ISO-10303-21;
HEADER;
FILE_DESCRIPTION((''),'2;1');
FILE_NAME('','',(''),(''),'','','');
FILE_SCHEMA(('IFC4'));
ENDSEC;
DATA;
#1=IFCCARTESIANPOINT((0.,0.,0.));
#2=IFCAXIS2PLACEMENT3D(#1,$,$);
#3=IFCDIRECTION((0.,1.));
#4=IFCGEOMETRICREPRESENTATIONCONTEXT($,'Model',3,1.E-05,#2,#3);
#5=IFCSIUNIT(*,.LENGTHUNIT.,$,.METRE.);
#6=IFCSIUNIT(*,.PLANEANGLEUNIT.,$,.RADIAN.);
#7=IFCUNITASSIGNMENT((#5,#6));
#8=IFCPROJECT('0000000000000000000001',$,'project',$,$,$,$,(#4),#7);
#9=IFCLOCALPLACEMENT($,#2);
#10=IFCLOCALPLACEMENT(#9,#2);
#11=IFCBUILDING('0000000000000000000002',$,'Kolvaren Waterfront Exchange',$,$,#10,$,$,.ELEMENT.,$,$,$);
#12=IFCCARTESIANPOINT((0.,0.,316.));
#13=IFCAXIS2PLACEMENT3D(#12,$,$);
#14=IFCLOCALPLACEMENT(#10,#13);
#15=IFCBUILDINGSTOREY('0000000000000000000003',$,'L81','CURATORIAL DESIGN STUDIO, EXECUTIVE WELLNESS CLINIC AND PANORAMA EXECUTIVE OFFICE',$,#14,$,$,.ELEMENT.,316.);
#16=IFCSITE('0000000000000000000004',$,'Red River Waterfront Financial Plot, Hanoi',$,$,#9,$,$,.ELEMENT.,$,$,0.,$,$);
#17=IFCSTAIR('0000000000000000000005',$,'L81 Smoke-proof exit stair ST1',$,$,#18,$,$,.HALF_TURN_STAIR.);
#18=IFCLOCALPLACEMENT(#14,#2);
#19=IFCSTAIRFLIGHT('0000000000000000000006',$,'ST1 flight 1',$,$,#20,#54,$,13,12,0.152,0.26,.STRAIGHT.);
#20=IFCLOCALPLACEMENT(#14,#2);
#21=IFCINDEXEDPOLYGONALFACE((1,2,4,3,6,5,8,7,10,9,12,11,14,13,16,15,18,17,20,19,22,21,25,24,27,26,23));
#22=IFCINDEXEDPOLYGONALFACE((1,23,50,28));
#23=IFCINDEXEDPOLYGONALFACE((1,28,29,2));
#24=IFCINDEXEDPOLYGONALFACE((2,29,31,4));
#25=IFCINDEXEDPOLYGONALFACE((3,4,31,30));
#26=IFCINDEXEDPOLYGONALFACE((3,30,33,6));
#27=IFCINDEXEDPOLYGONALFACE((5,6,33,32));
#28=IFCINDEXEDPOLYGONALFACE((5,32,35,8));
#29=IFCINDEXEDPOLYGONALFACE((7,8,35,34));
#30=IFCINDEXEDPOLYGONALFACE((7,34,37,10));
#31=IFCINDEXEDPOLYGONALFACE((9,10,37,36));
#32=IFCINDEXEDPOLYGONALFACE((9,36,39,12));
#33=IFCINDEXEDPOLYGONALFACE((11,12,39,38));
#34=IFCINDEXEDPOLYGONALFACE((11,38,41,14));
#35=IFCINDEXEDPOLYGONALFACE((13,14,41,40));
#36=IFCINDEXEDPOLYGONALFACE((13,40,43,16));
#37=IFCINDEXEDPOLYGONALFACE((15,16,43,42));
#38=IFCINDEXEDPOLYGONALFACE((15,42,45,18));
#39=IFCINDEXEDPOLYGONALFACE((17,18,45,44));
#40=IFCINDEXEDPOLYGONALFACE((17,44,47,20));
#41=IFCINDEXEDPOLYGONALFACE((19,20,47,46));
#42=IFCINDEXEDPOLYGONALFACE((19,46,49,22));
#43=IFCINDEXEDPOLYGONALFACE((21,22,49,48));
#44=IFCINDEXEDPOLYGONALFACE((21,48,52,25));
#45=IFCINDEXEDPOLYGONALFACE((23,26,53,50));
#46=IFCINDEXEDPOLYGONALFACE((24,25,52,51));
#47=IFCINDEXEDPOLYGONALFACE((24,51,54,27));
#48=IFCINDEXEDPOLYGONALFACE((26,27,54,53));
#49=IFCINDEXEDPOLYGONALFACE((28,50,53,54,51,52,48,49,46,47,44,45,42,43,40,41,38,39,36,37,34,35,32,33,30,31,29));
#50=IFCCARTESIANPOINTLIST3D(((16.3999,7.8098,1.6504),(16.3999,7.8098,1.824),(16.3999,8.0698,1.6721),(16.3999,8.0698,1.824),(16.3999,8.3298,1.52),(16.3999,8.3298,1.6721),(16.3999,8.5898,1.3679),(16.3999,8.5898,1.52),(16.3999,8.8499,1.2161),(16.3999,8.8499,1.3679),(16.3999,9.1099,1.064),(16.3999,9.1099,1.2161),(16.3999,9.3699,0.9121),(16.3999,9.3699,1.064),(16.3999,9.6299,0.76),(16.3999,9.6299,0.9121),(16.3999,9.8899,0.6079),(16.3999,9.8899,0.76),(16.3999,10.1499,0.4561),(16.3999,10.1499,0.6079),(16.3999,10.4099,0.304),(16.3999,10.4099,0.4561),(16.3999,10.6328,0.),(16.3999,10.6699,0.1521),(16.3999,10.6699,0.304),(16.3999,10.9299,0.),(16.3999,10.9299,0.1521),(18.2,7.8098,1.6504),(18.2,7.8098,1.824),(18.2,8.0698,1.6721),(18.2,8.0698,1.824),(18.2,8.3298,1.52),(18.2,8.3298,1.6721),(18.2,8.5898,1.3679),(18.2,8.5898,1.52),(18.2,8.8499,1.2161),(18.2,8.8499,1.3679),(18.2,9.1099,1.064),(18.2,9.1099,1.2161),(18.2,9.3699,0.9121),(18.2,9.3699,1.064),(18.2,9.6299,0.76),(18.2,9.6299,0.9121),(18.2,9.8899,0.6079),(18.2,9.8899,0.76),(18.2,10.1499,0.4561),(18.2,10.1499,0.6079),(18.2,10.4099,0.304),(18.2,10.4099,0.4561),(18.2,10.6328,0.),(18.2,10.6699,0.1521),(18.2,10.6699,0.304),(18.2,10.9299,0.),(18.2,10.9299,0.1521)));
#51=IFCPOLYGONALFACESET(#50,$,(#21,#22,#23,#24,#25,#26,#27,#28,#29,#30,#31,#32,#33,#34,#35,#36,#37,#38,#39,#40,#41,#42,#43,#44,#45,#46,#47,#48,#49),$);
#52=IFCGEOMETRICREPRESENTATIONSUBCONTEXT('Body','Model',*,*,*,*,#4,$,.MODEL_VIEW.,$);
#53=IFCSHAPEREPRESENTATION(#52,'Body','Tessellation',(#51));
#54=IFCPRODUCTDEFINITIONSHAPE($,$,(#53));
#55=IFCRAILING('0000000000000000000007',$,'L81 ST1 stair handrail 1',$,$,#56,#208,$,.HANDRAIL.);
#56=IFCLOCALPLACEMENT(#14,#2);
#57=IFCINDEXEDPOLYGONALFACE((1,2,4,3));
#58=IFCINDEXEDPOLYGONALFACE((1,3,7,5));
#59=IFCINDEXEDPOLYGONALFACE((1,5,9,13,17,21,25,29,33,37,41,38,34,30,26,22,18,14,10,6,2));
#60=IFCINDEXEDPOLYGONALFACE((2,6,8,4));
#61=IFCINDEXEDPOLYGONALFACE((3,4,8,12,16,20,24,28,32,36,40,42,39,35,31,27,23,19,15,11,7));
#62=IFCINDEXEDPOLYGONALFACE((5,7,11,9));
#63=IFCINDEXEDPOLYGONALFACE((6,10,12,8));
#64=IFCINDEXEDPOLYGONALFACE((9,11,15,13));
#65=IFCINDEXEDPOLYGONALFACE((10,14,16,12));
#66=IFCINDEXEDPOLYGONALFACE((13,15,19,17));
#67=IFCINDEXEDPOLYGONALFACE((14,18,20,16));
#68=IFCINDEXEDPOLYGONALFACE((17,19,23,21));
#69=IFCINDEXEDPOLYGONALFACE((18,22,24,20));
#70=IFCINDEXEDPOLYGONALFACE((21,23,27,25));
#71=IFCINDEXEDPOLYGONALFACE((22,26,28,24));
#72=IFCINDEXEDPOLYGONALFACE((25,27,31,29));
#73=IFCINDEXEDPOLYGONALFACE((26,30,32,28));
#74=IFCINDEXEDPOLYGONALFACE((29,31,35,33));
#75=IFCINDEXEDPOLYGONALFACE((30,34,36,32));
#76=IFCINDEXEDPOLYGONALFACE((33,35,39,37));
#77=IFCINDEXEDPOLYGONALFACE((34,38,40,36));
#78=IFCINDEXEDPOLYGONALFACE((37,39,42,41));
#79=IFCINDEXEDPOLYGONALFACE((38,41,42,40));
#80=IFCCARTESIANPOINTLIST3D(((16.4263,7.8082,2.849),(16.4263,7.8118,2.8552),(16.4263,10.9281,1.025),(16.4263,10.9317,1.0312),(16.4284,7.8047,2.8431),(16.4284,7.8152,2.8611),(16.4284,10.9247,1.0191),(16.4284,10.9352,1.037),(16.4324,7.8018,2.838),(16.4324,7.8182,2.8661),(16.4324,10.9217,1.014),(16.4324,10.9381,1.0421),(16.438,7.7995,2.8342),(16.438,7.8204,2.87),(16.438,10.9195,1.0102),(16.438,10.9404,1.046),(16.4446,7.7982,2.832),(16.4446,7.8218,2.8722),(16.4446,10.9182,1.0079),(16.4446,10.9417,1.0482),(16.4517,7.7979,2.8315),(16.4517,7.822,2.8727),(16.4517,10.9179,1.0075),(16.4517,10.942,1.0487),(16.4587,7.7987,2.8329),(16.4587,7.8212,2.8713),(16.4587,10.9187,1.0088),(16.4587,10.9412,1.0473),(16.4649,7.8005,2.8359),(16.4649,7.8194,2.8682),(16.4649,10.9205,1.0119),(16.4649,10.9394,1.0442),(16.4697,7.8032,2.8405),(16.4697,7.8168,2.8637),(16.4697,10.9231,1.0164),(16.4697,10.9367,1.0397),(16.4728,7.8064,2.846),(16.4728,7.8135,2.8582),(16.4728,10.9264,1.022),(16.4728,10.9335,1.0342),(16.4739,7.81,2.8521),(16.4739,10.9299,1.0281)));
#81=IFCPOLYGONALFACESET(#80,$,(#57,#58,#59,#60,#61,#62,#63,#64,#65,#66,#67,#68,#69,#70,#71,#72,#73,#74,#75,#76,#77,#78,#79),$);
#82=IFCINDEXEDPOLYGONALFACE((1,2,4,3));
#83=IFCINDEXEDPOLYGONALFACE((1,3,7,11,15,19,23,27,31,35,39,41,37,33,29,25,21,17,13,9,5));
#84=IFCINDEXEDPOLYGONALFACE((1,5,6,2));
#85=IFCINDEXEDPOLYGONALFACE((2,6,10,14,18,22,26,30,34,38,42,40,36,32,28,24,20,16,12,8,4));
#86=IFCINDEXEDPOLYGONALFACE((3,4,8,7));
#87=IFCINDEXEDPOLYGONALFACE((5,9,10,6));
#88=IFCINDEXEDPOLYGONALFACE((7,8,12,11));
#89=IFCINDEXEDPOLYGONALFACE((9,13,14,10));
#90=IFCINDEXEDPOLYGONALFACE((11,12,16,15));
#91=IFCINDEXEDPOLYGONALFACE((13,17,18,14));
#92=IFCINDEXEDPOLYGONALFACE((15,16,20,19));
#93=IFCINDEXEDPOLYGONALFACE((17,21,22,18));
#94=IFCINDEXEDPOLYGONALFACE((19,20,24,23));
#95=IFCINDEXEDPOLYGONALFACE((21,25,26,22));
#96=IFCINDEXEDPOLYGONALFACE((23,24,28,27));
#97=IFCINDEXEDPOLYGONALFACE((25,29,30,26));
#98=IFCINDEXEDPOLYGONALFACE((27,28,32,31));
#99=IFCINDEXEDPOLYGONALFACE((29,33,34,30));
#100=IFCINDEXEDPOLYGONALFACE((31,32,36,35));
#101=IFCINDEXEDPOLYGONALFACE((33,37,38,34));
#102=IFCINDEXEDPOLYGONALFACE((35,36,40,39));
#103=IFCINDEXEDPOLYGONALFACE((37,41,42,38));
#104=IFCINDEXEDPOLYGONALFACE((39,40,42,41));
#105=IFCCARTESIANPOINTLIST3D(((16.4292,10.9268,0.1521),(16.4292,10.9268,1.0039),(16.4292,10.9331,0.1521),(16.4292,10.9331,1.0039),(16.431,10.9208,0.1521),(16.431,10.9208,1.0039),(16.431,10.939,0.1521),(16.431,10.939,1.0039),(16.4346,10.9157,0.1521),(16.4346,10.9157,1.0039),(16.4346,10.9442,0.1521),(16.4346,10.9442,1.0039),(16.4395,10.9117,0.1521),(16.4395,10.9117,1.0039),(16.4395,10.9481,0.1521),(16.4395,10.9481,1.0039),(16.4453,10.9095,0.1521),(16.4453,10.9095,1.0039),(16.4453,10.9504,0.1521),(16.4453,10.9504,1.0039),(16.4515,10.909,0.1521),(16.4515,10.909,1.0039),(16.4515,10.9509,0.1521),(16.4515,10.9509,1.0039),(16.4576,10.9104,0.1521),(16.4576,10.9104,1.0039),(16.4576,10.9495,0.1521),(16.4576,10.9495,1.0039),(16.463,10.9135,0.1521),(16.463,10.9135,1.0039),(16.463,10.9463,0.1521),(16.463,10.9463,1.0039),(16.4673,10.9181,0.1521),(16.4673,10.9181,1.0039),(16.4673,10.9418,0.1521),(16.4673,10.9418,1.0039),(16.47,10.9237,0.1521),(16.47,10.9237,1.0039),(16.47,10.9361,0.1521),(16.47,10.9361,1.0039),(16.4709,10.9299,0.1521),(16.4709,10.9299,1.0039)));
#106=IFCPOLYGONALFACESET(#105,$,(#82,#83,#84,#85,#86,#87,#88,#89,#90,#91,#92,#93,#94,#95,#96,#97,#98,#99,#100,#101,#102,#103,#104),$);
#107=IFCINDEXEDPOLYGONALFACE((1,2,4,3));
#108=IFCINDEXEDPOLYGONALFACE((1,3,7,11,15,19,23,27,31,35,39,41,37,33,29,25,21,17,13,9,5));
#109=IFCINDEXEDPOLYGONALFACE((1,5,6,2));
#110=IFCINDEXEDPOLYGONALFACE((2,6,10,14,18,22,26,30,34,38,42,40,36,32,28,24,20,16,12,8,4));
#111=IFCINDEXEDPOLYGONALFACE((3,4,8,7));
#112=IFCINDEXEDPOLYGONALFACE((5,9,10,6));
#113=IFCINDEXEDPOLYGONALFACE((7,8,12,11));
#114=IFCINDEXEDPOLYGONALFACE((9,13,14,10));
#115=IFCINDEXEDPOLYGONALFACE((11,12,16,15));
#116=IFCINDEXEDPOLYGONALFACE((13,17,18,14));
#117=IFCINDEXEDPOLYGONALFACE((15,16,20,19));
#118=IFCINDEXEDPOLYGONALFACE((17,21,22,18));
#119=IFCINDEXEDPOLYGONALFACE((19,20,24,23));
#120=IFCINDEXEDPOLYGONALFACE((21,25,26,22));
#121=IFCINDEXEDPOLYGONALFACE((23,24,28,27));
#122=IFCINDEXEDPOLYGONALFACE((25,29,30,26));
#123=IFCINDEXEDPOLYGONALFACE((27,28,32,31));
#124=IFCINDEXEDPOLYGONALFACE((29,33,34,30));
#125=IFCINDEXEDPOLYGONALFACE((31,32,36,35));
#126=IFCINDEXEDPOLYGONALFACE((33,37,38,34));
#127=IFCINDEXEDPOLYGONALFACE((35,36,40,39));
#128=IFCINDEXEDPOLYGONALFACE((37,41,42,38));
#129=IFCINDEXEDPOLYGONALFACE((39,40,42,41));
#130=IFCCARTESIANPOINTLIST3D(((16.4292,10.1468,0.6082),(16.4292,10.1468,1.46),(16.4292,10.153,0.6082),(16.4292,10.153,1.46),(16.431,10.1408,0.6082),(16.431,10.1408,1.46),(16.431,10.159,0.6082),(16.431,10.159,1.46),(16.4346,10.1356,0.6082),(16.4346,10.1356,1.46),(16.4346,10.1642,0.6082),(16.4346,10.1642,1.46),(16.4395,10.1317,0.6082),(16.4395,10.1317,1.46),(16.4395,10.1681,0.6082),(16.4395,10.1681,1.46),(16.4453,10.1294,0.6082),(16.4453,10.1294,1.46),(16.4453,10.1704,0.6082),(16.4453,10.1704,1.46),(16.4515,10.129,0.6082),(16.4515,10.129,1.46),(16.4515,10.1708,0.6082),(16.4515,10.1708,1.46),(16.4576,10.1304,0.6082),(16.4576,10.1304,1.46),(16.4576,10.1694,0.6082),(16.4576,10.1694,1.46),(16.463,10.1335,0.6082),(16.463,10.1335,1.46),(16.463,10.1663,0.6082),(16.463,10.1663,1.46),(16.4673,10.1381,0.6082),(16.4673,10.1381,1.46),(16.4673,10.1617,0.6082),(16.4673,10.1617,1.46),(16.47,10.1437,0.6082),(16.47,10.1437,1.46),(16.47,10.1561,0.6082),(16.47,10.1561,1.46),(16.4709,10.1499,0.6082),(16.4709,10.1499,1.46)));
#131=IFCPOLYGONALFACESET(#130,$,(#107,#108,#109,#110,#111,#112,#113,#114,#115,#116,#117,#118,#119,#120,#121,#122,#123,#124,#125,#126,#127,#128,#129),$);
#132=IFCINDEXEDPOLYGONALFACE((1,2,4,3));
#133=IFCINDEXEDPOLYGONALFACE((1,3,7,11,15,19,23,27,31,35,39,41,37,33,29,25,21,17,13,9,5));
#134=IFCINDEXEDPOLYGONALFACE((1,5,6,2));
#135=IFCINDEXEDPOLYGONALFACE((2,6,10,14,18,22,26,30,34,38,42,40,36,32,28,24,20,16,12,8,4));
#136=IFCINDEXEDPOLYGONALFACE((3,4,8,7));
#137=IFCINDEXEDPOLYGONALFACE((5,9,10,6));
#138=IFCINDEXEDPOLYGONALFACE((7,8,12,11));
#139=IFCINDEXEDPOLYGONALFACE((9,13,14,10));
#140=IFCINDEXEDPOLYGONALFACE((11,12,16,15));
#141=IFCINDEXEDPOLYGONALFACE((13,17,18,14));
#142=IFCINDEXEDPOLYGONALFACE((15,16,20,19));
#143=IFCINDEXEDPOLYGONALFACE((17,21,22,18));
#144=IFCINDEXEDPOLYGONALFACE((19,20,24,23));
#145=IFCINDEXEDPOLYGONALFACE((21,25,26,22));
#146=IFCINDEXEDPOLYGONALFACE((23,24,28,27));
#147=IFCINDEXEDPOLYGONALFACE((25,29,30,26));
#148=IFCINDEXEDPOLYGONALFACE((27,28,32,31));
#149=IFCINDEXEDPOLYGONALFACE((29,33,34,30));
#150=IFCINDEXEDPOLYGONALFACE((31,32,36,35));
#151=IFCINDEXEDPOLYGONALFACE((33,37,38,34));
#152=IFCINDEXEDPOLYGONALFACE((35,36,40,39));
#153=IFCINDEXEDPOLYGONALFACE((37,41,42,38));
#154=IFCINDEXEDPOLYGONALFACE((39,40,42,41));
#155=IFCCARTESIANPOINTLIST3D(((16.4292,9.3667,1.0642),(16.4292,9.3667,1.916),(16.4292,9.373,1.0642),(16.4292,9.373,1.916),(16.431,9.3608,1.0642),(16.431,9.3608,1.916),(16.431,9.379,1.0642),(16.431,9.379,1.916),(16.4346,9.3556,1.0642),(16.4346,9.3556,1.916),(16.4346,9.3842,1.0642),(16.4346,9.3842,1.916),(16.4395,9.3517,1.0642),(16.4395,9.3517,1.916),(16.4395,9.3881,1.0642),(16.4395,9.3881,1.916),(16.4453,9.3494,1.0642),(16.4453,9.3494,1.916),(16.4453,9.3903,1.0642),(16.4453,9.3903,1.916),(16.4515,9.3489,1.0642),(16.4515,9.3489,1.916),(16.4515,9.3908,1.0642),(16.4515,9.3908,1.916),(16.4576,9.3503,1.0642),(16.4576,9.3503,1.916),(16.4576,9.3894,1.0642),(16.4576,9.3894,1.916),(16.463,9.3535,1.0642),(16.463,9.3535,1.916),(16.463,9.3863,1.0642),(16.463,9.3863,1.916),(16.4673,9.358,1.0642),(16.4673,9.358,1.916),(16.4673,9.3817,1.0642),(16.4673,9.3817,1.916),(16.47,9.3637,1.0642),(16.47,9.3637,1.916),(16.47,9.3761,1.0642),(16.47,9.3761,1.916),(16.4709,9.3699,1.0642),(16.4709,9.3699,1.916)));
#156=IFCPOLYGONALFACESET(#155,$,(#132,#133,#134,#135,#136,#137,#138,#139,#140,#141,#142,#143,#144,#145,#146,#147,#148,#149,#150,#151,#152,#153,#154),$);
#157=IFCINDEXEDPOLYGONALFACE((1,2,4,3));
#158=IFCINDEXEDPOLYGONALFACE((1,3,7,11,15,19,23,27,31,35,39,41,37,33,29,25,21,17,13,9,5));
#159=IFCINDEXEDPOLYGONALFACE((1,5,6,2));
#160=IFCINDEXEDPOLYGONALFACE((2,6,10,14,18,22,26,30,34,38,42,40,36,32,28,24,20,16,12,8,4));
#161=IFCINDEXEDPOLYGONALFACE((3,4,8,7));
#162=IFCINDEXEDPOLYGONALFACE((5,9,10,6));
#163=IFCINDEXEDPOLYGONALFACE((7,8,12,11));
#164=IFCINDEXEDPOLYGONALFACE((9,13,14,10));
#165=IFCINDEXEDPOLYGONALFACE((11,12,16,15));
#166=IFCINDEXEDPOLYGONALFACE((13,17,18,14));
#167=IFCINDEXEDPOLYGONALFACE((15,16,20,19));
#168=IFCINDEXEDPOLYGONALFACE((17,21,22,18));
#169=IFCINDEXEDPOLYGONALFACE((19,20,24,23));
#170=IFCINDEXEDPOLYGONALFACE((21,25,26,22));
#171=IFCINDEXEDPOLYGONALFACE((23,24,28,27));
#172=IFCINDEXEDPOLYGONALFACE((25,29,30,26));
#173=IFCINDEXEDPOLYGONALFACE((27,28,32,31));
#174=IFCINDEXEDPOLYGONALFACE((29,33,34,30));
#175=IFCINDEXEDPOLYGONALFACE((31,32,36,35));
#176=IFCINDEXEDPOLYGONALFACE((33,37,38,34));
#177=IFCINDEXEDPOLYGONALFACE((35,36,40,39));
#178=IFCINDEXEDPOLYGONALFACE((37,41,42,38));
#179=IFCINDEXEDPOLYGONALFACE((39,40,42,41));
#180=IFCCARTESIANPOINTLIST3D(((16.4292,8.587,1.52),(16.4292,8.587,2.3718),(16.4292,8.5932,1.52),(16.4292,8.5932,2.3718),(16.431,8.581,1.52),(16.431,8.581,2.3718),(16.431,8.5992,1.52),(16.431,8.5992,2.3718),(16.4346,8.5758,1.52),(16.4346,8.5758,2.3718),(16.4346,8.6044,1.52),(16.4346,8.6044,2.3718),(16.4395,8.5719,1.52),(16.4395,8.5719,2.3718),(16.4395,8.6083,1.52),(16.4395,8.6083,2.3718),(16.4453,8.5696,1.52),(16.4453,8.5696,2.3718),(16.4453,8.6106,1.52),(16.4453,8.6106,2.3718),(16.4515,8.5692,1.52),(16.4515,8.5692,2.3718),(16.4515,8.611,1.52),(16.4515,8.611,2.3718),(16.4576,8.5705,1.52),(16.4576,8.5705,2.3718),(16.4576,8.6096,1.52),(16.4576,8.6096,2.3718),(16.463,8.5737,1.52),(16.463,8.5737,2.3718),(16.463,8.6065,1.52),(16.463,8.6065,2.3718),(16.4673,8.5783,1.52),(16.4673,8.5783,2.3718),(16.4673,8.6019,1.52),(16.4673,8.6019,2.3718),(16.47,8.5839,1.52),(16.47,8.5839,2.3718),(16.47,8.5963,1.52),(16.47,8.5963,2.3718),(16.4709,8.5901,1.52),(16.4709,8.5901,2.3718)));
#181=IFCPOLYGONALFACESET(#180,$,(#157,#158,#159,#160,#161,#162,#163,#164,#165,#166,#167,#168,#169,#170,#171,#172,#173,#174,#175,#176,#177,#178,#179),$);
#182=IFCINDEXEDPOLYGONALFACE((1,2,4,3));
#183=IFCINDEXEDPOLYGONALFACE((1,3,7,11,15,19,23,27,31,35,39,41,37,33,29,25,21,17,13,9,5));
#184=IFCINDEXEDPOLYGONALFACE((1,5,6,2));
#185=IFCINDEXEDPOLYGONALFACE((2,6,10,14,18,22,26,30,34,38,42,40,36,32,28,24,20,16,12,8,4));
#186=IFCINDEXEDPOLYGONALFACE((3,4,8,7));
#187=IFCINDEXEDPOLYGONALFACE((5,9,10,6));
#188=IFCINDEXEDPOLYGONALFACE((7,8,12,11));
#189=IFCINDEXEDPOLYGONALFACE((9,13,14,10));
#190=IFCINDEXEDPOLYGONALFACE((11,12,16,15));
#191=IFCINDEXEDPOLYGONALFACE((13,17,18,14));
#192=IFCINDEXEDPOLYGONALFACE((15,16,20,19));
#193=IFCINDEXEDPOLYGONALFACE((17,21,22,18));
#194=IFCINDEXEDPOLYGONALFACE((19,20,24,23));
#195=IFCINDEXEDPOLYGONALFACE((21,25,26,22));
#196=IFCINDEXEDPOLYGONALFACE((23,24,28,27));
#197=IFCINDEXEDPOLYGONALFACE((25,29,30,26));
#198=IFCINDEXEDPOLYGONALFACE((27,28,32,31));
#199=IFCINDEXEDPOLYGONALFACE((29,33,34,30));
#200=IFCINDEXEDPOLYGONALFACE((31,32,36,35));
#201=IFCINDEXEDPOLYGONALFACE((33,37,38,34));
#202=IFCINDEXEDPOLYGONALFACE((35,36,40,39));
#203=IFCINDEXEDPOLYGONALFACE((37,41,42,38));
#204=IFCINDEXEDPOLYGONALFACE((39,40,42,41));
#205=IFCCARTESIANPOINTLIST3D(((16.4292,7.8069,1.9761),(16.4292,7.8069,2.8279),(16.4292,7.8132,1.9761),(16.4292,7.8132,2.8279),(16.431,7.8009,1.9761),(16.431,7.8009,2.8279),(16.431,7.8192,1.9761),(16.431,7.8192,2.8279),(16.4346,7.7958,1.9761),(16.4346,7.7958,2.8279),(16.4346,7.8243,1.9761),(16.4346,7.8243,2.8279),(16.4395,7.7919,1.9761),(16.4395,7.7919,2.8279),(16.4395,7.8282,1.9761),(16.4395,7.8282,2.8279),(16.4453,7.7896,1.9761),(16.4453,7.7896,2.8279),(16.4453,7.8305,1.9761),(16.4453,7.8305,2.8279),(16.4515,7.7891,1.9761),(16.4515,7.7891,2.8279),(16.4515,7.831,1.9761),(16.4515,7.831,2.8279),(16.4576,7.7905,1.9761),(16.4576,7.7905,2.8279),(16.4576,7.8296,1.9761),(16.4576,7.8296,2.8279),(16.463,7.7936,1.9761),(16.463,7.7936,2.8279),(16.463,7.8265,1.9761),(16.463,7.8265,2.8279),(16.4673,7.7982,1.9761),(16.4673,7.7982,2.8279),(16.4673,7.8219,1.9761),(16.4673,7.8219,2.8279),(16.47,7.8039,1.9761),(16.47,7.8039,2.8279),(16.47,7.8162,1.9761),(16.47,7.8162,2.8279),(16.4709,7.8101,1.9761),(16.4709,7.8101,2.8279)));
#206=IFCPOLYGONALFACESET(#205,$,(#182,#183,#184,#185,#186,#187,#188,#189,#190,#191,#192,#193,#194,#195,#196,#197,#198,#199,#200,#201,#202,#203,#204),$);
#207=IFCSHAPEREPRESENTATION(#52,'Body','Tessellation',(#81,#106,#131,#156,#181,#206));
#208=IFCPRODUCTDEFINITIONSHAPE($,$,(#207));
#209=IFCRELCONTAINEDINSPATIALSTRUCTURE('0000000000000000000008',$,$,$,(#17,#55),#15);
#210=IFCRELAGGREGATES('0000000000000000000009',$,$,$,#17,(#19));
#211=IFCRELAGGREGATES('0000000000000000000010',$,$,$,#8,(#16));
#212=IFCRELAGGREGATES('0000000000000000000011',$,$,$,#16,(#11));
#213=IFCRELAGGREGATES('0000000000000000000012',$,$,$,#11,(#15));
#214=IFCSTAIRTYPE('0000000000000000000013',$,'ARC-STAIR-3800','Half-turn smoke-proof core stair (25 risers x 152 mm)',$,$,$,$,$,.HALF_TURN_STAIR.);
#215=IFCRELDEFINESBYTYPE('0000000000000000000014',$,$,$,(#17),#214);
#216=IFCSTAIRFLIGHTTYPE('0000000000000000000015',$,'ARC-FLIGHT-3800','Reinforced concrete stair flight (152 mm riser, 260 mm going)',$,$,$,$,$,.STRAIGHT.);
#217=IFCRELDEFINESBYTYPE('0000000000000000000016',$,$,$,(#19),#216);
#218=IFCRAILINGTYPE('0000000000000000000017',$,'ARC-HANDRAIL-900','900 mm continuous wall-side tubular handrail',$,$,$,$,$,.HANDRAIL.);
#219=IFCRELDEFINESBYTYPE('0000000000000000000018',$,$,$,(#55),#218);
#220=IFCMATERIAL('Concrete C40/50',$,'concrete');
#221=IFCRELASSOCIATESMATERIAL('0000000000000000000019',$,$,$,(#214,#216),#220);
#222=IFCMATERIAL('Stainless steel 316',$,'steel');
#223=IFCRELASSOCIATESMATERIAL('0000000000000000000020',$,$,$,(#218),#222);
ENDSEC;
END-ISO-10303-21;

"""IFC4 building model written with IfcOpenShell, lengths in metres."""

from ifc_helpers import new_model, si_unit, direction, frame, origin, origin_2d, place, context, subcontext, project, spatial, polyline, circle, outline, extrude, material, type_object, element, aggregate, save


model = new_model("IFC4")

# Units and contexts
model_context = context("Model", 3, precision=1e-05, world=origin(), true_north=direction((0.0, 1.0)))
body_context = subcontext(model_context, "Body", "Model", "MODEL_VIEW")
ifc_project = project(units=[si_unit("LENGTHUNIT", "METRE"), si_unit("PLANEANGLEUNIT", "RADIAN")], contexts=[model_context])

# Site, building, storey
site_placement = place(None, origin())
site = spatial("IfcSite", under=ifc_project, at=site_placement, Name="Red River Waterfront Financial Plot, Hanoi", CompositionType="ELEMENT", RefElevation=0.0)
building_placement = place(site_placement, origin())
building = spatial("IfcBuilding", under=site, at=building_placement, Name="Kolvaren Waterfront Exchange", CompositionType="ELEMENT")
storey_placement = place(building_placement, frame((0.0, 0.0, 316.0)))
storey = spatial("IfcBuildingStorey", under=building, at=storey_placement, Name="L81", Description="CURATORIAL DESIGN STUDIO, EXECUTIVE WELLNESS CLINIC AND PANORAMA EXECUTIVE OFFICE", CompositionType="ELEMENT", Elevation=316.0)

# Shared definitions
ifc_material_1 = material(Name="Concrete C40/50", Category="concrete")

# Stair, stair flight
stair_type = type_object("IfcStairType", Name="ARC-STAIR-3800", Description="Half-turn smoke-proof core stair (25 risers x 152 mm)", PredefinedType="HALF_TURN_STAIR", material=ifc_material_1)
stair_placement = place(storey_placement, origin())
stair = element("IfcStair", 1, at=stair_placement, inside=storey, type_object=stair_type, Name="L81 Smoke-proof exit stair ST1", PredefinedType="HALF_TURN_STAIR")
stair_flight_type = type_object("IfcStairFlightType", Name="ARC-FLIGHT-3800", Description="Reinforced concrete stair flight (152 mm riser, 260 mm going)", PredefinedType="STRAIGHT", material=ifc_material_1)
stair_flight_placement = place(storey_placement, frame((17.3, 10.9299, 0.0), z_axis=(0.0, 0.0, 1.0), x_axis=(0.0, -1.0, 0.0)))
stair_flight = element("IfcStairFlight", 2, at=stair_flight_placement, type_object=stair_flight_type, Name="ST1 flight 1", NumberOfRisers=13, NumberOfTreads=12, PredefinedType="STRAIGHT", RiserHeight=0.152, TreadLength=0.26, context=body_context, shape_type="SweptSolid", body=[
    extrude(outline(polyline([(0.0, 0.0), (0.0, 0.1521), (0.26, 0.1521), (0.26, 0.304), (0.52, 0.304), (0.52, 0.4561), (0.78, 0.4561), (0.78, 0.6079), (1.04, 0.6079), (1.04, 0.76), (1.3, 0.76), (1.3, 0.9121), (1.5601, 0.9121), (1.5601, 1.064), (1.8201, 1.064), (1.8201, 1.2161), (2.0801, 1.2161), (2.0801, 1.3679), (2.3401, 1.3679), (2.3401, 1.52), (2.6001, 1.52), (2.6001, 1.6721), (2.8601, 1.6721), (2.8601, 1.824), (3.1201, 1.824), (3.1201, 1.9761), (3.1201, 1.6504), (0.2971, 0.0), (0.0, 0.0)])), frame((0.0, 0.8999, 0.0), z_axis=(0.0, -1.0, 0.0), x_axis=(1.0, 0.0, 0.0)), (0.0, 0.0, 1.0), 1.8),
])
aggregate(stair, [stair_flight])

# Railing
ifc_material_2 = material(Name="Stainless steel 316", Category="steel")
railing_type = type_object("IfcRailingType", Name="ARC-HANDRAIL-900", Description="900 mm continuous wall-side tubular handrail", PredefinedType="HANDRAIL", material=ifc_material_2)
railing_placement = place(storey_placement, frame((16.45, 10.9299, 0.1521)))
element("IfcRailing", 3, at=railing_placement, inside=storey, type_object=railing_type, Name="L81 ST1 stair handrail 1", PredefinedType="HANDRAIL", context=body_context, shape_type="SweptSolid", body=[
    extrude(circle(Radius=0.0239, at=origin_2d()), frame((0.0, 0.0, 0.876), z_axis=(0.0, -0.863291, 0.504707), x_axis=(1.0, 0.0, 0.0)), (0.0, 0.0, 1.0), 3.614),
    extrude(circle(Radius=0.021, at=origin_2d()), origin(), (0.0, 0.0, 1.0), 0.8518),
    extrude(circle(Radius=0.021, at=origin_2d()), frame((0.0, -0.78, 0.4561)), (0.0, 0.0, 1.0), 0.8518),
    extrude(circle(Radius=0.021, at=origin_2d()), frame((0.0, -1.5601, 0.9121)), (0.0, 0.0, 1.0), 0.8518),
    extrude(circle(Radius=0.021, at=origin_2d()), frame((0.0, -2.3398, 1.3679)), (0.0, 0.0, 1.0), 0.8518),
    extrude(circle(Radius=0.021, at=origin_2d()), frame((0.0, -3.1199, 1.824)), (0.0, 0.0, 1.0), 0.8518),
])

save(model, "model.ifc")
